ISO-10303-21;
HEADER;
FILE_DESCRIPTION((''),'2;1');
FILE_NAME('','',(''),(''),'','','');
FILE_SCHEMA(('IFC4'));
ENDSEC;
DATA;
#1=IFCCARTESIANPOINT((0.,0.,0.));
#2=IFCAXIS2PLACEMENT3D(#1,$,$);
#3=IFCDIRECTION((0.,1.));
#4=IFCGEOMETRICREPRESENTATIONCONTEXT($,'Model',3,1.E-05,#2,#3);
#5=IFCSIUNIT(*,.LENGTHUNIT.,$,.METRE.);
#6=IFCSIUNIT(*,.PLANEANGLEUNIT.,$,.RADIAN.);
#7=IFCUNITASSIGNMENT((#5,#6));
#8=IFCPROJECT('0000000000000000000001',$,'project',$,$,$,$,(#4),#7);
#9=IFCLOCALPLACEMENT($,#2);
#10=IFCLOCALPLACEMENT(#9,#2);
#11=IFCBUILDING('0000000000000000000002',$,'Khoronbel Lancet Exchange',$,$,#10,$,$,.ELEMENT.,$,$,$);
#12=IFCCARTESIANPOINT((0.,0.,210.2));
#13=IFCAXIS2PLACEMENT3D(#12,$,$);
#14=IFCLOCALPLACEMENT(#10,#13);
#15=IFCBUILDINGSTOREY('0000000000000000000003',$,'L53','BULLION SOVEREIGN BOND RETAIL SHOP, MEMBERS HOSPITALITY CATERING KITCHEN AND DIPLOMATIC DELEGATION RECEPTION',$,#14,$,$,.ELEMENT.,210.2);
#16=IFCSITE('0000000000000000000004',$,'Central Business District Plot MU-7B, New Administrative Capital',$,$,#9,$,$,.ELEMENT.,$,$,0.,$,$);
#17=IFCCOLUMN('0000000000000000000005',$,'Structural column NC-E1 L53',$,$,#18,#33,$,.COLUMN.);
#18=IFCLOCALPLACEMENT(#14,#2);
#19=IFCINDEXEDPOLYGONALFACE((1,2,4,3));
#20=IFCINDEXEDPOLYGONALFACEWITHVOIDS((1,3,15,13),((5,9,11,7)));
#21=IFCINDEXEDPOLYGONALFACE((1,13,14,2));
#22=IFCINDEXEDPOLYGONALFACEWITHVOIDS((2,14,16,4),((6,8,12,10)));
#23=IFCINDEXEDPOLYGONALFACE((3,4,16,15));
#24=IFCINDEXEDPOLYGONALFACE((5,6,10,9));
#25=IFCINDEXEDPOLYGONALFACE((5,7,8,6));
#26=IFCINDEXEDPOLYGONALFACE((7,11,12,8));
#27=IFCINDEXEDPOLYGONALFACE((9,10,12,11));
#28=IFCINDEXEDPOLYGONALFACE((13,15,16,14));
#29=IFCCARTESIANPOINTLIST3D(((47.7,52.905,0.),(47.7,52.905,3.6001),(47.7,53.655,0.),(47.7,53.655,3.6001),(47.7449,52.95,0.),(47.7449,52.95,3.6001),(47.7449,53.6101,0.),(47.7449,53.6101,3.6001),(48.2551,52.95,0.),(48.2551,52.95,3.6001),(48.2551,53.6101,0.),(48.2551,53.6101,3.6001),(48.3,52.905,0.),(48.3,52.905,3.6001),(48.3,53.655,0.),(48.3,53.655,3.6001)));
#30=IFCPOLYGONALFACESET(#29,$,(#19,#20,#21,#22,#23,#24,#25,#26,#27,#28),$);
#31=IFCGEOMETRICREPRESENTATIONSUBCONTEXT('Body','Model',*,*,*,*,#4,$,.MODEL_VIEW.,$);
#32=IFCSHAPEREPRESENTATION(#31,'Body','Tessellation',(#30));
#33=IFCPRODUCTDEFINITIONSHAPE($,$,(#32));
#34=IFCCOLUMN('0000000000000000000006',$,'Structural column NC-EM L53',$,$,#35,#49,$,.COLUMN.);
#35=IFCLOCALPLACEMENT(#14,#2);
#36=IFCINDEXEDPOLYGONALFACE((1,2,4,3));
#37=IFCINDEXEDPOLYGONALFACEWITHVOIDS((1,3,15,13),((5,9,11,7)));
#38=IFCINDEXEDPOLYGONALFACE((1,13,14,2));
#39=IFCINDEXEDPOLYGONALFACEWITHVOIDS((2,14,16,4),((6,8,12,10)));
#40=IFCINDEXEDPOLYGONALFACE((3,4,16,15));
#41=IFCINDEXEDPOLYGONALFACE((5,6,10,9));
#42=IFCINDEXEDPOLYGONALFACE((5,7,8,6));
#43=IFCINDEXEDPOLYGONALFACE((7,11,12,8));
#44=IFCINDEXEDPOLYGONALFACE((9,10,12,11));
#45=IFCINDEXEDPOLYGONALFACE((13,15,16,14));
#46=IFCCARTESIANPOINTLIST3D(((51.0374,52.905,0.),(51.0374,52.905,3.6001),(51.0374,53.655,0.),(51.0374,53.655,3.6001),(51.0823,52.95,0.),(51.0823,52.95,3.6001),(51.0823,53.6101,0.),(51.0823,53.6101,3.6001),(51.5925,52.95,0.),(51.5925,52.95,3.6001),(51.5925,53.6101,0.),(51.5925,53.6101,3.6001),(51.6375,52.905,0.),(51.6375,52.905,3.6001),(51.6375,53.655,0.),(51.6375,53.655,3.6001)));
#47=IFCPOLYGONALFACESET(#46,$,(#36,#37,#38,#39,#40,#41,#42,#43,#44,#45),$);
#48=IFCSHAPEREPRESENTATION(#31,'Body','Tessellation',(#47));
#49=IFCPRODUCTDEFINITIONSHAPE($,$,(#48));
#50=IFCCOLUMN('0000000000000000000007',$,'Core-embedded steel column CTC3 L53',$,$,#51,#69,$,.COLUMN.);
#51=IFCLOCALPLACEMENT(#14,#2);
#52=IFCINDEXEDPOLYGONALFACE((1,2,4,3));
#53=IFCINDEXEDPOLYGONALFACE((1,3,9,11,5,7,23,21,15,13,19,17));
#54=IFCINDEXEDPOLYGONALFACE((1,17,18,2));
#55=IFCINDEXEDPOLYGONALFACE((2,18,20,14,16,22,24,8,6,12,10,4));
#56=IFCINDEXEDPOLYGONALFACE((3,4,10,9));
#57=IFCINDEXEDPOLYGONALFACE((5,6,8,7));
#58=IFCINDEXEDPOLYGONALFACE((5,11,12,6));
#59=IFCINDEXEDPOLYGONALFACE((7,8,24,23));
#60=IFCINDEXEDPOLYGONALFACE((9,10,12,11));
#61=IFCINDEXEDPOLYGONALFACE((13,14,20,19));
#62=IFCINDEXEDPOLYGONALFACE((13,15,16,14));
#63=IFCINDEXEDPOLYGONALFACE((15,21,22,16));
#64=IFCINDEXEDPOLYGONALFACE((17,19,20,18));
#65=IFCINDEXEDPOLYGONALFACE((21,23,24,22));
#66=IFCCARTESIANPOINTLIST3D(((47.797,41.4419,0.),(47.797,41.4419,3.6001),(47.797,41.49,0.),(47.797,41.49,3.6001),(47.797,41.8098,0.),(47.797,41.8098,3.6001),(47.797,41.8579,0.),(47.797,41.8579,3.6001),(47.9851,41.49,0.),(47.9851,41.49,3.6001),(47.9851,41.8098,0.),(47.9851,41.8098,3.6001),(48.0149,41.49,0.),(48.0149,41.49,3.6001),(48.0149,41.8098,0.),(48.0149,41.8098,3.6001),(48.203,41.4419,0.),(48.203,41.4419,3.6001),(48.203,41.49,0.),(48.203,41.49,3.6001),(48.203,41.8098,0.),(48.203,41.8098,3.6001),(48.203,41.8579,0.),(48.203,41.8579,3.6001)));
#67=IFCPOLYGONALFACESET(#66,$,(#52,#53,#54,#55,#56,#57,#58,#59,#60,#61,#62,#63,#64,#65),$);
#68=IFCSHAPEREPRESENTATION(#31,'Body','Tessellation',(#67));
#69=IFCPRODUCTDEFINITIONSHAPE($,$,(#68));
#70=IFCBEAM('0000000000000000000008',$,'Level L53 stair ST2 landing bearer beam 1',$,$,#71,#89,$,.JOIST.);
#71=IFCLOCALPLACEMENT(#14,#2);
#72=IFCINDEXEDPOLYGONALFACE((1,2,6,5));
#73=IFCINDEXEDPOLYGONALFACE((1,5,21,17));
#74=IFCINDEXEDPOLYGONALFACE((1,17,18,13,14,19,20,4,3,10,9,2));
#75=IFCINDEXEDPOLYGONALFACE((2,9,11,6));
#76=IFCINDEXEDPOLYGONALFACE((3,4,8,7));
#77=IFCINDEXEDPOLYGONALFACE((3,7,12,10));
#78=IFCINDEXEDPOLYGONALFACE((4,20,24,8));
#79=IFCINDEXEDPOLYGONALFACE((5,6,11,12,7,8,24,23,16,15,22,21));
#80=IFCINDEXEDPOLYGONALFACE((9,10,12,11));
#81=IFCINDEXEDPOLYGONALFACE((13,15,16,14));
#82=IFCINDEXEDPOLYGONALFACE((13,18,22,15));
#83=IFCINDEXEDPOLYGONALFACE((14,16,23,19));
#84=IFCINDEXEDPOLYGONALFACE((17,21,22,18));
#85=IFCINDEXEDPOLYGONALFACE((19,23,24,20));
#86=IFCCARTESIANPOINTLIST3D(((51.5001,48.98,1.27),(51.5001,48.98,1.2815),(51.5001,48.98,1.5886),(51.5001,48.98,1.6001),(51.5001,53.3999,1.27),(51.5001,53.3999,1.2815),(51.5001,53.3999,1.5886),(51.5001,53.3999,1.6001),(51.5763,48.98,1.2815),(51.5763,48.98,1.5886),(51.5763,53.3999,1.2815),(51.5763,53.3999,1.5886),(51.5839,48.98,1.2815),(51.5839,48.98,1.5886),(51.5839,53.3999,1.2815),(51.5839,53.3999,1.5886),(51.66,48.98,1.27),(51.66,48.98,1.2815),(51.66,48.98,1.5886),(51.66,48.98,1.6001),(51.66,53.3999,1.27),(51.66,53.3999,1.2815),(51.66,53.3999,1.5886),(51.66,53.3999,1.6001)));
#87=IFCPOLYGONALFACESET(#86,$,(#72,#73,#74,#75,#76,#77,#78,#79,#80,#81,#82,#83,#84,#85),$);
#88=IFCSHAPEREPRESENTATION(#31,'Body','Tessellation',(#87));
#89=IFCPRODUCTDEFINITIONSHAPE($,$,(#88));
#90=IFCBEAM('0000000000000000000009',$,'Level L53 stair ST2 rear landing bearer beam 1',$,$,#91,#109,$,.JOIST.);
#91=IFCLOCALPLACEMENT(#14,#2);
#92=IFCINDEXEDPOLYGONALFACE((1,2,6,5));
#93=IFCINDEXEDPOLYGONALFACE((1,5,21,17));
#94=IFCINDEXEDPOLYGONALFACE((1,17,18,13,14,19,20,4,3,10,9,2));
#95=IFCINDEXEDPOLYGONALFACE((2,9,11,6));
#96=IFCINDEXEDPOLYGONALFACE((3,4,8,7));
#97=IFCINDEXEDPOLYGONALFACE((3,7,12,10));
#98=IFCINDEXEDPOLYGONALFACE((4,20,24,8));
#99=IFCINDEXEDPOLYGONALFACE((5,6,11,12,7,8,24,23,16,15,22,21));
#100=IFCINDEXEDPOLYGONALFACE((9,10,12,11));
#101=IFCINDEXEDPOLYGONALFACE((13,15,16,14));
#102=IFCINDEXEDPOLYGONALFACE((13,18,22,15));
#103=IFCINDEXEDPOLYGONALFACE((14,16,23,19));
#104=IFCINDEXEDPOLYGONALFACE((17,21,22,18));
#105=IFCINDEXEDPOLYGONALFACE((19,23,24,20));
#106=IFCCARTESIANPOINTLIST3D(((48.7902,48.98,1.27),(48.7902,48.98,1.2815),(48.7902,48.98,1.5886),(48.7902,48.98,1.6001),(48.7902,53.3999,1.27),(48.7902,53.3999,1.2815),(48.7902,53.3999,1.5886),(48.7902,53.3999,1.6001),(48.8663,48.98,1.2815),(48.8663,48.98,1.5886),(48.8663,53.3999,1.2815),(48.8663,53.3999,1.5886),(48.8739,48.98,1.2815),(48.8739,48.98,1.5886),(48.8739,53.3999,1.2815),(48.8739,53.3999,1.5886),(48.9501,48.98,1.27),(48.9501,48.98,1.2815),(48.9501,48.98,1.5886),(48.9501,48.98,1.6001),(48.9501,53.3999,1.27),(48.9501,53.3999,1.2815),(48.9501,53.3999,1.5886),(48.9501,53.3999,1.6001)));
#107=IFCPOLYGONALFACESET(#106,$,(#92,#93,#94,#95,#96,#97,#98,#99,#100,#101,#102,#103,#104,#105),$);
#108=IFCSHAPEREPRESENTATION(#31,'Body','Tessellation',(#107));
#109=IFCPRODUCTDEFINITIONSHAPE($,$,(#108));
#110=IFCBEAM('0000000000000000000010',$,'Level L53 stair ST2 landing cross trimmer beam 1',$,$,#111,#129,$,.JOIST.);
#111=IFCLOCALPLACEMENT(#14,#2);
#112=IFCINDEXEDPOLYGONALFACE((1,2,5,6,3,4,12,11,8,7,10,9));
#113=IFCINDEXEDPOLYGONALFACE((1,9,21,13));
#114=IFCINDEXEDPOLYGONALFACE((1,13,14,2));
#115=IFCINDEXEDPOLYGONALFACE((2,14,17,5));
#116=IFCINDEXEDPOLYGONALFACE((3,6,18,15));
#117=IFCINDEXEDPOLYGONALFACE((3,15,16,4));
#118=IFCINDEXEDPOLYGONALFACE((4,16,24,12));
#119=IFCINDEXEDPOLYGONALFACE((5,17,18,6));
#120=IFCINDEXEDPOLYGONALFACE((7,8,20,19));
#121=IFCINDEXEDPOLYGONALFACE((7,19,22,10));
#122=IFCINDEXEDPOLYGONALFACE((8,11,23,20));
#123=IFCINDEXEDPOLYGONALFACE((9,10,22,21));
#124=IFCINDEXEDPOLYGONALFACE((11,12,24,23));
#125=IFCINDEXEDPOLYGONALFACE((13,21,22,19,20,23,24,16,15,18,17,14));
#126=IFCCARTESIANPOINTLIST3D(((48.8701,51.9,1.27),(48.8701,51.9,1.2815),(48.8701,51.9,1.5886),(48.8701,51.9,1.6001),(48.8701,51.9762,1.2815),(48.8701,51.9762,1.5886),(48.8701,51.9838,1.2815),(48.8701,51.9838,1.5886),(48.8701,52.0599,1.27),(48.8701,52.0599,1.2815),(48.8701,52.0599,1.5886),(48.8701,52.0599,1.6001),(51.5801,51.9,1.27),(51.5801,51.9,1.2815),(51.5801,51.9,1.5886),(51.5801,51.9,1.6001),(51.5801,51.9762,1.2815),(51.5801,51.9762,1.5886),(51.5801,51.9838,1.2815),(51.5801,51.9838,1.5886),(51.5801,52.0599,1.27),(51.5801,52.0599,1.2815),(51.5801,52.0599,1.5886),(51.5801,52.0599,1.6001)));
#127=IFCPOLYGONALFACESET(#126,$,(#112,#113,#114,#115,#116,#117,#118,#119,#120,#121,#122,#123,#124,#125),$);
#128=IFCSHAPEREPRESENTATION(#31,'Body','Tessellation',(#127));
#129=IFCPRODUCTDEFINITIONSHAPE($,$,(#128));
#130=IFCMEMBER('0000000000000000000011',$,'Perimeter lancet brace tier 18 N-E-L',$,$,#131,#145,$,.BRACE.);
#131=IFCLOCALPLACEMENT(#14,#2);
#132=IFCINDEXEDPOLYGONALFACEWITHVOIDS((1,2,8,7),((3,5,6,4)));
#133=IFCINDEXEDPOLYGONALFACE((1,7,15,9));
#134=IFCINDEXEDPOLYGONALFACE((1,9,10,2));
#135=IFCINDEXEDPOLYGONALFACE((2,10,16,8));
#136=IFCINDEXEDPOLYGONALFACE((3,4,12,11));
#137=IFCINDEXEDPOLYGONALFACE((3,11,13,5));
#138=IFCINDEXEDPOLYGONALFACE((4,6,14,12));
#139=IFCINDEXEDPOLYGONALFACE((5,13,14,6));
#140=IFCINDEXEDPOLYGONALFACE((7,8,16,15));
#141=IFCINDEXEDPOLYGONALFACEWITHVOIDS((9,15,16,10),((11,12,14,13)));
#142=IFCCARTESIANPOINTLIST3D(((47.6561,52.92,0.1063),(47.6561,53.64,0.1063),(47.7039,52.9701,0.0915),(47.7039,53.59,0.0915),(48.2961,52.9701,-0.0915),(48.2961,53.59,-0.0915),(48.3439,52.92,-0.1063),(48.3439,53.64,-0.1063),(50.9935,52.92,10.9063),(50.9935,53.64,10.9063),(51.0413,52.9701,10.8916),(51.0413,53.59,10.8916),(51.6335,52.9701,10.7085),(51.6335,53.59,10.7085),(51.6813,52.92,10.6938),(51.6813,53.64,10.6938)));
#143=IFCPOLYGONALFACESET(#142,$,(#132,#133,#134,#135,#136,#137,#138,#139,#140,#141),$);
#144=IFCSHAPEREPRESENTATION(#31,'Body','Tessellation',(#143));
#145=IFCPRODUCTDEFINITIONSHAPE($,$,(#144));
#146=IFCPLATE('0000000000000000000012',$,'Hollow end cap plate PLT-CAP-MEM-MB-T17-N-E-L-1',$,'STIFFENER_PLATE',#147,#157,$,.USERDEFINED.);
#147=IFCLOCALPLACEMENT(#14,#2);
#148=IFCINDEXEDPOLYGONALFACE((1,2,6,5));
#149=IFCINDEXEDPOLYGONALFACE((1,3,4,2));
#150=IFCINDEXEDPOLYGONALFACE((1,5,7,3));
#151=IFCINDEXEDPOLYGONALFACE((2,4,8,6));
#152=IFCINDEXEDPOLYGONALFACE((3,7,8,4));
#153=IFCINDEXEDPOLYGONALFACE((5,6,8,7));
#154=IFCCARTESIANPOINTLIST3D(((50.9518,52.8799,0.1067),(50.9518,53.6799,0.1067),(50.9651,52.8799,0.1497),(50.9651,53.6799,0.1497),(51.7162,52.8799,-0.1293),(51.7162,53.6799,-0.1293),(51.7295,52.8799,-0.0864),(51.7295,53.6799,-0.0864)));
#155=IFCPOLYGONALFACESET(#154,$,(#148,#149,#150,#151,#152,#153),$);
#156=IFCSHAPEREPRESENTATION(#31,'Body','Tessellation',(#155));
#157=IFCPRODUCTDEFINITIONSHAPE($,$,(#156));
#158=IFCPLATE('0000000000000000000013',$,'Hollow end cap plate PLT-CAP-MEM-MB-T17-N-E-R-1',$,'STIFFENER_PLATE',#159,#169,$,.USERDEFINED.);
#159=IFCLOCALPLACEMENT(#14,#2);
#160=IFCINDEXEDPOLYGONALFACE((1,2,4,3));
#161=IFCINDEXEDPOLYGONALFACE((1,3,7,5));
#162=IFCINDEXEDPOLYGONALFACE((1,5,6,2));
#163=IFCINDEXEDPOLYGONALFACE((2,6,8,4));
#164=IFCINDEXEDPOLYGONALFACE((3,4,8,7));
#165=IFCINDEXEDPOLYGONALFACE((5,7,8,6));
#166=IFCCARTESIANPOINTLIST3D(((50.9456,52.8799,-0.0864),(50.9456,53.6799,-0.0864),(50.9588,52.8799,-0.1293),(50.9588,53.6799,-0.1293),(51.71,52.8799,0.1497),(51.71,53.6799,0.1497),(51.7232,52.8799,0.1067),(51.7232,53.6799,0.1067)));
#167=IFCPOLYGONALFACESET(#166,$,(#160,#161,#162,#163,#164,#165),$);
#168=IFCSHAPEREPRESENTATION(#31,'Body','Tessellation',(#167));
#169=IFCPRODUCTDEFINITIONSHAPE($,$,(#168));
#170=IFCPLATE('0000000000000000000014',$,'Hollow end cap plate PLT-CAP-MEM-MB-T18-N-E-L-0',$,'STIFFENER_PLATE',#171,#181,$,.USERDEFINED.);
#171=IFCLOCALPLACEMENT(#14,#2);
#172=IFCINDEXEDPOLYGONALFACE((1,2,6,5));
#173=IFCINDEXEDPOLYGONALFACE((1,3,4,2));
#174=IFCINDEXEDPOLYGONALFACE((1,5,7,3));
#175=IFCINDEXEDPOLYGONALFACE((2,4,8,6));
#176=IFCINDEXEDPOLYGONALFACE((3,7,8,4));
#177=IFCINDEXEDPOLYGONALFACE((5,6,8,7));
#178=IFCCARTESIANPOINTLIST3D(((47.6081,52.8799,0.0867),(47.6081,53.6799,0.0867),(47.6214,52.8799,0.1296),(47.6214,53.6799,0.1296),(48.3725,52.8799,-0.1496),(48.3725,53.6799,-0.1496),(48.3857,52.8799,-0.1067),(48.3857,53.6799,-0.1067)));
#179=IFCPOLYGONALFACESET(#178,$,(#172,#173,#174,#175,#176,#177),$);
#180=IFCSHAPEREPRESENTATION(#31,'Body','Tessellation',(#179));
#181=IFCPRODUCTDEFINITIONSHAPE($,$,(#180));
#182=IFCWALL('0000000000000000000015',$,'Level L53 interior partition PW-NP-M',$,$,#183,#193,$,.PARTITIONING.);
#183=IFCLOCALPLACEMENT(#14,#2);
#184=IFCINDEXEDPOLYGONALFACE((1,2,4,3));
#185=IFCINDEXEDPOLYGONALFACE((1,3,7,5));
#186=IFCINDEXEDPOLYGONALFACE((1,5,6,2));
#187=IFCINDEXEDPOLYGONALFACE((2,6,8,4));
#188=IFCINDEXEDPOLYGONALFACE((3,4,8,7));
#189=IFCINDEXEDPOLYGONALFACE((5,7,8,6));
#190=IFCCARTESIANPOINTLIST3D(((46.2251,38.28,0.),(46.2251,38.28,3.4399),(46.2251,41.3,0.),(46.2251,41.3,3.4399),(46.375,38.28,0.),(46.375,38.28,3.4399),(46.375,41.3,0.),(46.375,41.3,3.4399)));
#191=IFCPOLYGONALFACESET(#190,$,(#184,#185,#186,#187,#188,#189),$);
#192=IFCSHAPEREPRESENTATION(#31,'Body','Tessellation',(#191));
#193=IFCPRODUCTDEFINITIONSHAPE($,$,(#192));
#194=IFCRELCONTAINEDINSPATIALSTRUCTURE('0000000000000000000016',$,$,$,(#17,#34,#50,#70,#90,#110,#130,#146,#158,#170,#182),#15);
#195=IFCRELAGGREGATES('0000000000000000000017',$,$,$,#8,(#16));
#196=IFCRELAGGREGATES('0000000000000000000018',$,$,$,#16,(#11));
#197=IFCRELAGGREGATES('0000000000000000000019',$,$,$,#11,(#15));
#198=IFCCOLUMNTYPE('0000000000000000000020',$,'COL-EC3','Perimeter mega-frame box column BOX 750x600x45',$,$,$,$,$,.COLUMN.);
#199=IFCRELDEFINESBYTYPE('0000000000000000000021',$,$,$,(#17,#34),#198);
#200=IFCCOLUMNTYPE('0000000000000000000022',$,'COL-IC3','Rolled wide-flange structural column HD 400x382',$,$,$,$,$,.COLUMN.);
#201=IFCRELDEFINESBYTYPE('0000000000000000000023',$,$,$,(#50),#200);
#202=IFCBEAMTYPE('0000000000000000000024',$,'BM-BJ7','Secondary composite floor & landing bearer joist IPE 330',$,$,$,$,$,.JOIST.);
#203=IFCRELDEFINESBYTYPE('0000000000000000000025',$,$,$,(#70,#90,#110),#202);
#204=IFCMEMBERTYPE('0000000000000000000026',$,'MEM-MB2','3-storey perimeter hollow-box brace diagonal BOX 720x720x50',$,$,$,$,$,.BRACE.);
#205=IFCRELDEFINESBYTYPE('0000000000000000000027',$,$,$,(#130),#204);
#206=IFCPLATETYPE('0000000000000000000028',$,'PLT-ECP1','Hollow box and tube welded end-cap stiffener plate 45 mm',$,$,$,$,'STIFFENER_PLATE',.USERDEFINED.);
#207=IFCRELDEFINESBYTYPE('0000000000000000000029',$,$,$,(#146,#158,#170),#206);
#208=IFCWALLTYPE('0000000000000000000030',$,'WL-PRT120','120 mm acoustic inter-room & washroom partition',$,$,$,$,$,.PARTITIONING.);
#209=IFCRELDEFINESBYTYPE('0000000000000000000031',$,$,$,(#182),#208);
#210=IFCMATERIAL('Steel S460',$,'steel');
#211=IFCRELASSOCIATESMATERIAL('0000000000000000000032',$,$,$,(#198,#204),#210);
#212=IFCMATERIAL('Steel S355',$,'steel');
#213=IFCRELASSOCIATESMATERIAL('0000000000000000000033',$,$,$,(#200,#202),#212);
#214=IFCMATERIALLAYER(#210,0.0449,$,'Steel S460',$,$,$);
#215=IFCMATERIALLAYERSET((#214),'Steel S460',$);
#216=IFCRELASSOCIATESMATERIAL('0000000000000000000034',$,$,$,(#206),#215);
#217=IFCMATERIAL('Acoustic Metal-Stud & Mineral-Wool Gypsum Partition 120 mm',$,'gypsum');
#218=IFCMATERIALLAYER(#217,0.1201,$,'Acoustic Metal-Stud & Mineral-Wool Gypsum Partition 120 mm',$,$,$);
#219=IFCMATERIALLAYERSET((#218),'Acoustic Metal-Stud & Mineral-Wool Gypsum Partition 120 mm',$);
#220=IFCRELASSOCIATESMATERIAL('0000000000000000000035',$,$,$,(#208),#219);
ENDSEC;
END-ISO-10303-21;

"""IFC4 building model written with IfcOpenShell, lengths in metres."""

from ifc_helpers import new_model, si_unit, direction, frame, frame_2d, origin, origin_2d, place, context, subcontext, project, spatial, polyline, rectangle, hollow_rectangle, i_section, outline, extrude, material, layer, layer_set, material_profile, profile_set, type_object, element, save


model = new_model("IFC4")

# Units and contexts
model_context = context("Model", 3, precision=1e-05, world=origin(), true_north=direction((0.0, 1.0)))
body_context = subcontext(model_context, "Body", "Model", "MODEL_VIEW")
ifc_project = project(units=[si_unit("LENGTHUNIT", "METRE"), si_unit("PLANEANGLEUNIT", "RADIAN")], contexts=[model_context])

# Site, building, storey
site_placement = place(None, origin())
site = spatial("IfcSite", under=ifc_project, at=site_placement, Name="Central Business District Plot MU-7B, New Administrative Capital", CompositionType="ELEMENT", RefElevation=0.0)
building_placement = place(site_placement, origin())
building = spatial("IfcBuilding", under=site, at=building_placement, Name="Khoronbel Lancet Exchange", CompositionType="ELEMENT")
storey_placement = place(building_placement, frame((0.0, 0.0, 210.2)))
storey = spatial("IfcBuildingStorey", under=building, at=storey_placement, Name="L53", Description="BULLION SOVEREIGN BOND RETAIL SHOP, MEMBERS HOSPITALITY CATERING KITCHEN AND DIPLOMATIC DELEGATION RECEPTION", CompositionType="ELEMENT", Elevation=210.2)

# Columns
ifc_material_1 = material(Name="Steel S460", Category="steel")
ifc_material_profile_1 = material_profile(ifc_material_1, hollow_rectangle(XDim=0.6001, YDim=0.75, WallThickness=0.0449, at=origin_2d()), Name="BOX 750x600x45")
ifc_profile_set_1 = profile_set([ifc_material_profile_1], Name="Steel S460")
column_type_1 = type_object("IfcColumnType", Name="COL-EC3", Description="Perimeter mega-frame box column BOX 750x600x45", PredefinedType="COLUMN", material=ifc_profile_set_1)
for number, where, z_axis, x_axis, name in (
    (1, (48.0, 53.28, 0.0), (0.0, 0.0, 1.0), (1.0, 0.0, 0.0), "Structural column NC-E1 L53"),
    (2, (51.3374, 53.28, 0.0), (0.0, 0.0, 1.0), (1.0, 0.0, 0.0), "Structural column NC-EM L53"),
):
    element("IfcColumn", number, at=place(storey_placement, frame(where, z_axis=z_axis, x_axis=x_axis)), inside=storey, type_object=column_type_1, Name=name, PredefinedType="COLUMN", context=body_context, shape_type="SweptSolid", body=[
        extrude(hollow_rectangle(XDim=0.6001, YDim=0.75, WallThickness=0.0449, at=origin_2d()), origin(), (0.0, 0.0, 1.0), 3.6001),
    ])
ifc_material_2 = material(Name="Steel S355", Category="steel")
ifc_material_profile_2 = material_profile(ifc_material_2, i_section(OverallWidth=0.406, OverallDepth=0.416, WebThickness=0.0298, FlangeThickness=0.0481, at=origin_2d()), Name="HD 400x382")
ifc_profile_set_2 = profile_set([ifc_material_profile_2], Name="Steel S355")
column_type_2 = type_object("IfcColumnType", Name="COL-IC3", Description="Rolled wide-flange structural column HD 400x382", PredefinedType="COLUMN", material=ifc_profile_set_2)
column_placement = place(storey_placement, frame((48.0, 41.6499, 0.0), z_axis=(0.0, 0.0, 1.0), x_axis=(1.0, 0.0, 0.0)))
element("IfcColumn", 3, at=column_placement, inside=storey, type_object=column_type_2, Name="Core-embedded steel column CTC3 L53", PredefinedType="COLUMN", context=body_context, shape_type="SweptSolid", body=[
    extrude(i_section(OverallWidth=0.406, OverallDepth=0.416, WebThickness=0.0298, FlangeThickness=0.0481, at=origin_2d()), origin(), (0.0, 0.0, 1.0), 3.6001),
])

# Beams
ifc_material_profile_3 = material_profile(ifc_material_2, i_section(OverallWidth=0.1599, OverallDepth=0.3301, WebThickness=0.0076, FlangeThickness=0.0115, at=origin_2d()), Name="IPE 330")
ifc_profile_set_3 = profile_set([ifc_material_profile_3], Name="Steel S355")
beam_type = type_object("IfcBeamType", Name="BM-BJ7", Description="Secondary composite floor & landing bearer joist IPE 330", PredefinedType="JOIST", material=ifc_profile_set_3)
for number, where, z_axis, x_axis, name in (
    (4, (51.5801, 48.98, 1.4351), (0.0, 1.0, 0.0), (-1.0, 0.0, 0.0), "Level L53 stair ST2 landing bearer beam 1"),
    (5, (48.8701, 48.98, 1.4351), (0.0, 1.0, 0.0), (-1.0, 0.0, 0.0), "Level L53 stair ST2 rear landing bearer beam 1"),
):
    element("IfcBeam", number, at=place(storey_placement, frame(where, z_axis=z_axis, x_axis=x_axis)), inside=storey, type_object=beam_type, Name=name, PredefinedType="JOIST", context=body_context, shape_type="SweptSolid", body=[
        extrude(i_section(OverallWidth=0.1599, OverallDepth=0.3301, WebThickness=0.0076, FlangeThickness=0.0115, at=origin_2d()), origin(), (0.0, 0.0, 1.0), 4.4199),
    ])
beam_placement = place(storey_placement, frame((48.8701, 51.98, 1.4351), z_axis=(1.0, 0.0, 0.0), x_axis=(0.0, 1.0, 0.0)))
element("IfcBeam", 6, at=beam_placement, inside=storey, type_object=beam_type, Name="Level L53 stair ST2 landing cross trimmer beam 1", PredefinedType="JOIST", context=body_context, shape_type="SweptSolid", body=[
    extrude(i_section(OverallWidth=0.1599, OverallDepth=0.3301, WebThickness=0.0076, FlangeThickness=0.0115, at=origin_2d()), origin(), (0.0, 0.0, 1.0), 2.71),
])

# Member
ifc_material_profile_4 = material_profile(ifc_material_1, hollow_rectangle(XDim=0.72, YDim=0.72, WallThickness=0.05, at=origin_2d()), Name="BOX 720x720x50")
ifc_profile_set_4 = profile_set([ifc_material_profile_4], Name="Steel S460")
member_type = type_object("IfcMemberType", Name="MEM-MB2", Description="3-storey perimeter hollow-box brace diagonal BOX 720x720x50", PredefinedType="BRACE", material=ifc_profile_set_4)
member_placement = place(storey_placement, frame((48.0, 53.28, 0.0), z_axis=(0.295242, 0.0, 0.955422), x_axis=(0.0, 1.0, 0.0)))
element("IfcMember", 7, at=member_placement, inside=storey, type_object=member_type, Name="Perimeter lancet brace tier 18 N-E-L", PredefinedType="BRACE", context=body_context, shape_type="SweptSolid", body=[
    extrude(hollow_rectangle(XDim=0.72, YDim=0.72, WallThickness=0.05, at=origin_2d()), origin(), (0.0, 0.0, 1.0), 11.304),
])

# Plates
ifc_layer_1 = layer(ifc_material_1, 0.0449, Name="Steel S460")
ifc_layer_set_1 = layer_set([ifc_layer_1], Name="Steel S460")
plate_type = type_object("IfcPlateType", Name="PLT-ECP1", Description="Hollow box and tube welded end-cap stiffener plate 45 mm", ElementType="STIFFENER_PLATE", PredefinedType="USERDEFINED", material=ifc_layer_set_1)
for number, where, z_axis, x_axis, name in (
    (8, (51.7295, 52.8799, -0.0864), (0.295094, 0.0, 0.955468), (0.0, 1.0, 0.0), "Hollow end cap plate PLT-CAP-MEM-MB-T17-N-E-L-1"),
    (9, (50.9456, 53.6799, -0.0864), (-0.295094, 0.0, 0.955468), (0.0, -1.0, 0.0), "Hollow end cap plate PLT-CAP-MEM-MB-T17-N-E-R-1"),
    (10, (48.3857, 52.8799, -0.1067), (0.295372, 0.0, 0.955382), (0.0, 1.0, 0.0), "Hollow end cap plate PLT-CAP-MEM-MB-T18-N-E-L-0"),
):
    element("IfcPlate", number, at=place(storey_placement, frame(where, z_axis=z_axis, x_axis=x_axis)), inside=storey, type_object=plate_type, Name=name, ObjectType="STIFFENER_PLATE", PredefinedType="USERDEFINED", context=body_context, shape_type="SweptSolid", body=[
        extrude(outline(polyline([(0.0, 0.0), (0.8, 0.0), (0.8, 0.8), (0.0, 0.8), (0.0, 0.0)])), origin(), (0.0, 0.0, -1.0), 0.0449),
    ])

# Wall
ifc_material_3 = material(Name="Acoustic Metal-Stud & Mineral-Wool Gypsum Partition 120 mm", Category="gypsum")
ifc_layer_2 = layer(ifc_material_3, 0.1201, Name="Acoustic Metal-Stud & Mineral-Wool Gypsum Partition 120 mm")
ifc_layer_set_2 = layer_set([ifc_layer_2], Name="Acoustic Metal-Stud & Mineral-Wool Gypsum Partition 120 mm")
wall_type_1 = type_object("IfcWallType", Name="WL-PRT120", Description="120 mm acoustic inter-room & washroom partition", PredefinedType="PARTITIONING", material=ifc_layer_set_2)
wall_1_placement = place(storey_placement, frame((46.3, 38.28, 0.0), z_axis=(0.0, 0.0, 1.0), x_axis=(0.0, 1.0, 0.0)))
element("IfcWall", 11, at=wall_1_placement, inside=storey, type_object=wall_type_1, Name="Level L53 interior partition PW-NP-M", PredefinedType="PARTITIONING", context=body_context, shape_type="SweptSolid", body=[
    extrude(rectangle(XDim=3.02, YDim=0.1499, at=frame_2d((1.51, 0.0))), origin(), (0.0, 0.0, 1.0), 3.4399),
])

save(model, "model.ifc")
